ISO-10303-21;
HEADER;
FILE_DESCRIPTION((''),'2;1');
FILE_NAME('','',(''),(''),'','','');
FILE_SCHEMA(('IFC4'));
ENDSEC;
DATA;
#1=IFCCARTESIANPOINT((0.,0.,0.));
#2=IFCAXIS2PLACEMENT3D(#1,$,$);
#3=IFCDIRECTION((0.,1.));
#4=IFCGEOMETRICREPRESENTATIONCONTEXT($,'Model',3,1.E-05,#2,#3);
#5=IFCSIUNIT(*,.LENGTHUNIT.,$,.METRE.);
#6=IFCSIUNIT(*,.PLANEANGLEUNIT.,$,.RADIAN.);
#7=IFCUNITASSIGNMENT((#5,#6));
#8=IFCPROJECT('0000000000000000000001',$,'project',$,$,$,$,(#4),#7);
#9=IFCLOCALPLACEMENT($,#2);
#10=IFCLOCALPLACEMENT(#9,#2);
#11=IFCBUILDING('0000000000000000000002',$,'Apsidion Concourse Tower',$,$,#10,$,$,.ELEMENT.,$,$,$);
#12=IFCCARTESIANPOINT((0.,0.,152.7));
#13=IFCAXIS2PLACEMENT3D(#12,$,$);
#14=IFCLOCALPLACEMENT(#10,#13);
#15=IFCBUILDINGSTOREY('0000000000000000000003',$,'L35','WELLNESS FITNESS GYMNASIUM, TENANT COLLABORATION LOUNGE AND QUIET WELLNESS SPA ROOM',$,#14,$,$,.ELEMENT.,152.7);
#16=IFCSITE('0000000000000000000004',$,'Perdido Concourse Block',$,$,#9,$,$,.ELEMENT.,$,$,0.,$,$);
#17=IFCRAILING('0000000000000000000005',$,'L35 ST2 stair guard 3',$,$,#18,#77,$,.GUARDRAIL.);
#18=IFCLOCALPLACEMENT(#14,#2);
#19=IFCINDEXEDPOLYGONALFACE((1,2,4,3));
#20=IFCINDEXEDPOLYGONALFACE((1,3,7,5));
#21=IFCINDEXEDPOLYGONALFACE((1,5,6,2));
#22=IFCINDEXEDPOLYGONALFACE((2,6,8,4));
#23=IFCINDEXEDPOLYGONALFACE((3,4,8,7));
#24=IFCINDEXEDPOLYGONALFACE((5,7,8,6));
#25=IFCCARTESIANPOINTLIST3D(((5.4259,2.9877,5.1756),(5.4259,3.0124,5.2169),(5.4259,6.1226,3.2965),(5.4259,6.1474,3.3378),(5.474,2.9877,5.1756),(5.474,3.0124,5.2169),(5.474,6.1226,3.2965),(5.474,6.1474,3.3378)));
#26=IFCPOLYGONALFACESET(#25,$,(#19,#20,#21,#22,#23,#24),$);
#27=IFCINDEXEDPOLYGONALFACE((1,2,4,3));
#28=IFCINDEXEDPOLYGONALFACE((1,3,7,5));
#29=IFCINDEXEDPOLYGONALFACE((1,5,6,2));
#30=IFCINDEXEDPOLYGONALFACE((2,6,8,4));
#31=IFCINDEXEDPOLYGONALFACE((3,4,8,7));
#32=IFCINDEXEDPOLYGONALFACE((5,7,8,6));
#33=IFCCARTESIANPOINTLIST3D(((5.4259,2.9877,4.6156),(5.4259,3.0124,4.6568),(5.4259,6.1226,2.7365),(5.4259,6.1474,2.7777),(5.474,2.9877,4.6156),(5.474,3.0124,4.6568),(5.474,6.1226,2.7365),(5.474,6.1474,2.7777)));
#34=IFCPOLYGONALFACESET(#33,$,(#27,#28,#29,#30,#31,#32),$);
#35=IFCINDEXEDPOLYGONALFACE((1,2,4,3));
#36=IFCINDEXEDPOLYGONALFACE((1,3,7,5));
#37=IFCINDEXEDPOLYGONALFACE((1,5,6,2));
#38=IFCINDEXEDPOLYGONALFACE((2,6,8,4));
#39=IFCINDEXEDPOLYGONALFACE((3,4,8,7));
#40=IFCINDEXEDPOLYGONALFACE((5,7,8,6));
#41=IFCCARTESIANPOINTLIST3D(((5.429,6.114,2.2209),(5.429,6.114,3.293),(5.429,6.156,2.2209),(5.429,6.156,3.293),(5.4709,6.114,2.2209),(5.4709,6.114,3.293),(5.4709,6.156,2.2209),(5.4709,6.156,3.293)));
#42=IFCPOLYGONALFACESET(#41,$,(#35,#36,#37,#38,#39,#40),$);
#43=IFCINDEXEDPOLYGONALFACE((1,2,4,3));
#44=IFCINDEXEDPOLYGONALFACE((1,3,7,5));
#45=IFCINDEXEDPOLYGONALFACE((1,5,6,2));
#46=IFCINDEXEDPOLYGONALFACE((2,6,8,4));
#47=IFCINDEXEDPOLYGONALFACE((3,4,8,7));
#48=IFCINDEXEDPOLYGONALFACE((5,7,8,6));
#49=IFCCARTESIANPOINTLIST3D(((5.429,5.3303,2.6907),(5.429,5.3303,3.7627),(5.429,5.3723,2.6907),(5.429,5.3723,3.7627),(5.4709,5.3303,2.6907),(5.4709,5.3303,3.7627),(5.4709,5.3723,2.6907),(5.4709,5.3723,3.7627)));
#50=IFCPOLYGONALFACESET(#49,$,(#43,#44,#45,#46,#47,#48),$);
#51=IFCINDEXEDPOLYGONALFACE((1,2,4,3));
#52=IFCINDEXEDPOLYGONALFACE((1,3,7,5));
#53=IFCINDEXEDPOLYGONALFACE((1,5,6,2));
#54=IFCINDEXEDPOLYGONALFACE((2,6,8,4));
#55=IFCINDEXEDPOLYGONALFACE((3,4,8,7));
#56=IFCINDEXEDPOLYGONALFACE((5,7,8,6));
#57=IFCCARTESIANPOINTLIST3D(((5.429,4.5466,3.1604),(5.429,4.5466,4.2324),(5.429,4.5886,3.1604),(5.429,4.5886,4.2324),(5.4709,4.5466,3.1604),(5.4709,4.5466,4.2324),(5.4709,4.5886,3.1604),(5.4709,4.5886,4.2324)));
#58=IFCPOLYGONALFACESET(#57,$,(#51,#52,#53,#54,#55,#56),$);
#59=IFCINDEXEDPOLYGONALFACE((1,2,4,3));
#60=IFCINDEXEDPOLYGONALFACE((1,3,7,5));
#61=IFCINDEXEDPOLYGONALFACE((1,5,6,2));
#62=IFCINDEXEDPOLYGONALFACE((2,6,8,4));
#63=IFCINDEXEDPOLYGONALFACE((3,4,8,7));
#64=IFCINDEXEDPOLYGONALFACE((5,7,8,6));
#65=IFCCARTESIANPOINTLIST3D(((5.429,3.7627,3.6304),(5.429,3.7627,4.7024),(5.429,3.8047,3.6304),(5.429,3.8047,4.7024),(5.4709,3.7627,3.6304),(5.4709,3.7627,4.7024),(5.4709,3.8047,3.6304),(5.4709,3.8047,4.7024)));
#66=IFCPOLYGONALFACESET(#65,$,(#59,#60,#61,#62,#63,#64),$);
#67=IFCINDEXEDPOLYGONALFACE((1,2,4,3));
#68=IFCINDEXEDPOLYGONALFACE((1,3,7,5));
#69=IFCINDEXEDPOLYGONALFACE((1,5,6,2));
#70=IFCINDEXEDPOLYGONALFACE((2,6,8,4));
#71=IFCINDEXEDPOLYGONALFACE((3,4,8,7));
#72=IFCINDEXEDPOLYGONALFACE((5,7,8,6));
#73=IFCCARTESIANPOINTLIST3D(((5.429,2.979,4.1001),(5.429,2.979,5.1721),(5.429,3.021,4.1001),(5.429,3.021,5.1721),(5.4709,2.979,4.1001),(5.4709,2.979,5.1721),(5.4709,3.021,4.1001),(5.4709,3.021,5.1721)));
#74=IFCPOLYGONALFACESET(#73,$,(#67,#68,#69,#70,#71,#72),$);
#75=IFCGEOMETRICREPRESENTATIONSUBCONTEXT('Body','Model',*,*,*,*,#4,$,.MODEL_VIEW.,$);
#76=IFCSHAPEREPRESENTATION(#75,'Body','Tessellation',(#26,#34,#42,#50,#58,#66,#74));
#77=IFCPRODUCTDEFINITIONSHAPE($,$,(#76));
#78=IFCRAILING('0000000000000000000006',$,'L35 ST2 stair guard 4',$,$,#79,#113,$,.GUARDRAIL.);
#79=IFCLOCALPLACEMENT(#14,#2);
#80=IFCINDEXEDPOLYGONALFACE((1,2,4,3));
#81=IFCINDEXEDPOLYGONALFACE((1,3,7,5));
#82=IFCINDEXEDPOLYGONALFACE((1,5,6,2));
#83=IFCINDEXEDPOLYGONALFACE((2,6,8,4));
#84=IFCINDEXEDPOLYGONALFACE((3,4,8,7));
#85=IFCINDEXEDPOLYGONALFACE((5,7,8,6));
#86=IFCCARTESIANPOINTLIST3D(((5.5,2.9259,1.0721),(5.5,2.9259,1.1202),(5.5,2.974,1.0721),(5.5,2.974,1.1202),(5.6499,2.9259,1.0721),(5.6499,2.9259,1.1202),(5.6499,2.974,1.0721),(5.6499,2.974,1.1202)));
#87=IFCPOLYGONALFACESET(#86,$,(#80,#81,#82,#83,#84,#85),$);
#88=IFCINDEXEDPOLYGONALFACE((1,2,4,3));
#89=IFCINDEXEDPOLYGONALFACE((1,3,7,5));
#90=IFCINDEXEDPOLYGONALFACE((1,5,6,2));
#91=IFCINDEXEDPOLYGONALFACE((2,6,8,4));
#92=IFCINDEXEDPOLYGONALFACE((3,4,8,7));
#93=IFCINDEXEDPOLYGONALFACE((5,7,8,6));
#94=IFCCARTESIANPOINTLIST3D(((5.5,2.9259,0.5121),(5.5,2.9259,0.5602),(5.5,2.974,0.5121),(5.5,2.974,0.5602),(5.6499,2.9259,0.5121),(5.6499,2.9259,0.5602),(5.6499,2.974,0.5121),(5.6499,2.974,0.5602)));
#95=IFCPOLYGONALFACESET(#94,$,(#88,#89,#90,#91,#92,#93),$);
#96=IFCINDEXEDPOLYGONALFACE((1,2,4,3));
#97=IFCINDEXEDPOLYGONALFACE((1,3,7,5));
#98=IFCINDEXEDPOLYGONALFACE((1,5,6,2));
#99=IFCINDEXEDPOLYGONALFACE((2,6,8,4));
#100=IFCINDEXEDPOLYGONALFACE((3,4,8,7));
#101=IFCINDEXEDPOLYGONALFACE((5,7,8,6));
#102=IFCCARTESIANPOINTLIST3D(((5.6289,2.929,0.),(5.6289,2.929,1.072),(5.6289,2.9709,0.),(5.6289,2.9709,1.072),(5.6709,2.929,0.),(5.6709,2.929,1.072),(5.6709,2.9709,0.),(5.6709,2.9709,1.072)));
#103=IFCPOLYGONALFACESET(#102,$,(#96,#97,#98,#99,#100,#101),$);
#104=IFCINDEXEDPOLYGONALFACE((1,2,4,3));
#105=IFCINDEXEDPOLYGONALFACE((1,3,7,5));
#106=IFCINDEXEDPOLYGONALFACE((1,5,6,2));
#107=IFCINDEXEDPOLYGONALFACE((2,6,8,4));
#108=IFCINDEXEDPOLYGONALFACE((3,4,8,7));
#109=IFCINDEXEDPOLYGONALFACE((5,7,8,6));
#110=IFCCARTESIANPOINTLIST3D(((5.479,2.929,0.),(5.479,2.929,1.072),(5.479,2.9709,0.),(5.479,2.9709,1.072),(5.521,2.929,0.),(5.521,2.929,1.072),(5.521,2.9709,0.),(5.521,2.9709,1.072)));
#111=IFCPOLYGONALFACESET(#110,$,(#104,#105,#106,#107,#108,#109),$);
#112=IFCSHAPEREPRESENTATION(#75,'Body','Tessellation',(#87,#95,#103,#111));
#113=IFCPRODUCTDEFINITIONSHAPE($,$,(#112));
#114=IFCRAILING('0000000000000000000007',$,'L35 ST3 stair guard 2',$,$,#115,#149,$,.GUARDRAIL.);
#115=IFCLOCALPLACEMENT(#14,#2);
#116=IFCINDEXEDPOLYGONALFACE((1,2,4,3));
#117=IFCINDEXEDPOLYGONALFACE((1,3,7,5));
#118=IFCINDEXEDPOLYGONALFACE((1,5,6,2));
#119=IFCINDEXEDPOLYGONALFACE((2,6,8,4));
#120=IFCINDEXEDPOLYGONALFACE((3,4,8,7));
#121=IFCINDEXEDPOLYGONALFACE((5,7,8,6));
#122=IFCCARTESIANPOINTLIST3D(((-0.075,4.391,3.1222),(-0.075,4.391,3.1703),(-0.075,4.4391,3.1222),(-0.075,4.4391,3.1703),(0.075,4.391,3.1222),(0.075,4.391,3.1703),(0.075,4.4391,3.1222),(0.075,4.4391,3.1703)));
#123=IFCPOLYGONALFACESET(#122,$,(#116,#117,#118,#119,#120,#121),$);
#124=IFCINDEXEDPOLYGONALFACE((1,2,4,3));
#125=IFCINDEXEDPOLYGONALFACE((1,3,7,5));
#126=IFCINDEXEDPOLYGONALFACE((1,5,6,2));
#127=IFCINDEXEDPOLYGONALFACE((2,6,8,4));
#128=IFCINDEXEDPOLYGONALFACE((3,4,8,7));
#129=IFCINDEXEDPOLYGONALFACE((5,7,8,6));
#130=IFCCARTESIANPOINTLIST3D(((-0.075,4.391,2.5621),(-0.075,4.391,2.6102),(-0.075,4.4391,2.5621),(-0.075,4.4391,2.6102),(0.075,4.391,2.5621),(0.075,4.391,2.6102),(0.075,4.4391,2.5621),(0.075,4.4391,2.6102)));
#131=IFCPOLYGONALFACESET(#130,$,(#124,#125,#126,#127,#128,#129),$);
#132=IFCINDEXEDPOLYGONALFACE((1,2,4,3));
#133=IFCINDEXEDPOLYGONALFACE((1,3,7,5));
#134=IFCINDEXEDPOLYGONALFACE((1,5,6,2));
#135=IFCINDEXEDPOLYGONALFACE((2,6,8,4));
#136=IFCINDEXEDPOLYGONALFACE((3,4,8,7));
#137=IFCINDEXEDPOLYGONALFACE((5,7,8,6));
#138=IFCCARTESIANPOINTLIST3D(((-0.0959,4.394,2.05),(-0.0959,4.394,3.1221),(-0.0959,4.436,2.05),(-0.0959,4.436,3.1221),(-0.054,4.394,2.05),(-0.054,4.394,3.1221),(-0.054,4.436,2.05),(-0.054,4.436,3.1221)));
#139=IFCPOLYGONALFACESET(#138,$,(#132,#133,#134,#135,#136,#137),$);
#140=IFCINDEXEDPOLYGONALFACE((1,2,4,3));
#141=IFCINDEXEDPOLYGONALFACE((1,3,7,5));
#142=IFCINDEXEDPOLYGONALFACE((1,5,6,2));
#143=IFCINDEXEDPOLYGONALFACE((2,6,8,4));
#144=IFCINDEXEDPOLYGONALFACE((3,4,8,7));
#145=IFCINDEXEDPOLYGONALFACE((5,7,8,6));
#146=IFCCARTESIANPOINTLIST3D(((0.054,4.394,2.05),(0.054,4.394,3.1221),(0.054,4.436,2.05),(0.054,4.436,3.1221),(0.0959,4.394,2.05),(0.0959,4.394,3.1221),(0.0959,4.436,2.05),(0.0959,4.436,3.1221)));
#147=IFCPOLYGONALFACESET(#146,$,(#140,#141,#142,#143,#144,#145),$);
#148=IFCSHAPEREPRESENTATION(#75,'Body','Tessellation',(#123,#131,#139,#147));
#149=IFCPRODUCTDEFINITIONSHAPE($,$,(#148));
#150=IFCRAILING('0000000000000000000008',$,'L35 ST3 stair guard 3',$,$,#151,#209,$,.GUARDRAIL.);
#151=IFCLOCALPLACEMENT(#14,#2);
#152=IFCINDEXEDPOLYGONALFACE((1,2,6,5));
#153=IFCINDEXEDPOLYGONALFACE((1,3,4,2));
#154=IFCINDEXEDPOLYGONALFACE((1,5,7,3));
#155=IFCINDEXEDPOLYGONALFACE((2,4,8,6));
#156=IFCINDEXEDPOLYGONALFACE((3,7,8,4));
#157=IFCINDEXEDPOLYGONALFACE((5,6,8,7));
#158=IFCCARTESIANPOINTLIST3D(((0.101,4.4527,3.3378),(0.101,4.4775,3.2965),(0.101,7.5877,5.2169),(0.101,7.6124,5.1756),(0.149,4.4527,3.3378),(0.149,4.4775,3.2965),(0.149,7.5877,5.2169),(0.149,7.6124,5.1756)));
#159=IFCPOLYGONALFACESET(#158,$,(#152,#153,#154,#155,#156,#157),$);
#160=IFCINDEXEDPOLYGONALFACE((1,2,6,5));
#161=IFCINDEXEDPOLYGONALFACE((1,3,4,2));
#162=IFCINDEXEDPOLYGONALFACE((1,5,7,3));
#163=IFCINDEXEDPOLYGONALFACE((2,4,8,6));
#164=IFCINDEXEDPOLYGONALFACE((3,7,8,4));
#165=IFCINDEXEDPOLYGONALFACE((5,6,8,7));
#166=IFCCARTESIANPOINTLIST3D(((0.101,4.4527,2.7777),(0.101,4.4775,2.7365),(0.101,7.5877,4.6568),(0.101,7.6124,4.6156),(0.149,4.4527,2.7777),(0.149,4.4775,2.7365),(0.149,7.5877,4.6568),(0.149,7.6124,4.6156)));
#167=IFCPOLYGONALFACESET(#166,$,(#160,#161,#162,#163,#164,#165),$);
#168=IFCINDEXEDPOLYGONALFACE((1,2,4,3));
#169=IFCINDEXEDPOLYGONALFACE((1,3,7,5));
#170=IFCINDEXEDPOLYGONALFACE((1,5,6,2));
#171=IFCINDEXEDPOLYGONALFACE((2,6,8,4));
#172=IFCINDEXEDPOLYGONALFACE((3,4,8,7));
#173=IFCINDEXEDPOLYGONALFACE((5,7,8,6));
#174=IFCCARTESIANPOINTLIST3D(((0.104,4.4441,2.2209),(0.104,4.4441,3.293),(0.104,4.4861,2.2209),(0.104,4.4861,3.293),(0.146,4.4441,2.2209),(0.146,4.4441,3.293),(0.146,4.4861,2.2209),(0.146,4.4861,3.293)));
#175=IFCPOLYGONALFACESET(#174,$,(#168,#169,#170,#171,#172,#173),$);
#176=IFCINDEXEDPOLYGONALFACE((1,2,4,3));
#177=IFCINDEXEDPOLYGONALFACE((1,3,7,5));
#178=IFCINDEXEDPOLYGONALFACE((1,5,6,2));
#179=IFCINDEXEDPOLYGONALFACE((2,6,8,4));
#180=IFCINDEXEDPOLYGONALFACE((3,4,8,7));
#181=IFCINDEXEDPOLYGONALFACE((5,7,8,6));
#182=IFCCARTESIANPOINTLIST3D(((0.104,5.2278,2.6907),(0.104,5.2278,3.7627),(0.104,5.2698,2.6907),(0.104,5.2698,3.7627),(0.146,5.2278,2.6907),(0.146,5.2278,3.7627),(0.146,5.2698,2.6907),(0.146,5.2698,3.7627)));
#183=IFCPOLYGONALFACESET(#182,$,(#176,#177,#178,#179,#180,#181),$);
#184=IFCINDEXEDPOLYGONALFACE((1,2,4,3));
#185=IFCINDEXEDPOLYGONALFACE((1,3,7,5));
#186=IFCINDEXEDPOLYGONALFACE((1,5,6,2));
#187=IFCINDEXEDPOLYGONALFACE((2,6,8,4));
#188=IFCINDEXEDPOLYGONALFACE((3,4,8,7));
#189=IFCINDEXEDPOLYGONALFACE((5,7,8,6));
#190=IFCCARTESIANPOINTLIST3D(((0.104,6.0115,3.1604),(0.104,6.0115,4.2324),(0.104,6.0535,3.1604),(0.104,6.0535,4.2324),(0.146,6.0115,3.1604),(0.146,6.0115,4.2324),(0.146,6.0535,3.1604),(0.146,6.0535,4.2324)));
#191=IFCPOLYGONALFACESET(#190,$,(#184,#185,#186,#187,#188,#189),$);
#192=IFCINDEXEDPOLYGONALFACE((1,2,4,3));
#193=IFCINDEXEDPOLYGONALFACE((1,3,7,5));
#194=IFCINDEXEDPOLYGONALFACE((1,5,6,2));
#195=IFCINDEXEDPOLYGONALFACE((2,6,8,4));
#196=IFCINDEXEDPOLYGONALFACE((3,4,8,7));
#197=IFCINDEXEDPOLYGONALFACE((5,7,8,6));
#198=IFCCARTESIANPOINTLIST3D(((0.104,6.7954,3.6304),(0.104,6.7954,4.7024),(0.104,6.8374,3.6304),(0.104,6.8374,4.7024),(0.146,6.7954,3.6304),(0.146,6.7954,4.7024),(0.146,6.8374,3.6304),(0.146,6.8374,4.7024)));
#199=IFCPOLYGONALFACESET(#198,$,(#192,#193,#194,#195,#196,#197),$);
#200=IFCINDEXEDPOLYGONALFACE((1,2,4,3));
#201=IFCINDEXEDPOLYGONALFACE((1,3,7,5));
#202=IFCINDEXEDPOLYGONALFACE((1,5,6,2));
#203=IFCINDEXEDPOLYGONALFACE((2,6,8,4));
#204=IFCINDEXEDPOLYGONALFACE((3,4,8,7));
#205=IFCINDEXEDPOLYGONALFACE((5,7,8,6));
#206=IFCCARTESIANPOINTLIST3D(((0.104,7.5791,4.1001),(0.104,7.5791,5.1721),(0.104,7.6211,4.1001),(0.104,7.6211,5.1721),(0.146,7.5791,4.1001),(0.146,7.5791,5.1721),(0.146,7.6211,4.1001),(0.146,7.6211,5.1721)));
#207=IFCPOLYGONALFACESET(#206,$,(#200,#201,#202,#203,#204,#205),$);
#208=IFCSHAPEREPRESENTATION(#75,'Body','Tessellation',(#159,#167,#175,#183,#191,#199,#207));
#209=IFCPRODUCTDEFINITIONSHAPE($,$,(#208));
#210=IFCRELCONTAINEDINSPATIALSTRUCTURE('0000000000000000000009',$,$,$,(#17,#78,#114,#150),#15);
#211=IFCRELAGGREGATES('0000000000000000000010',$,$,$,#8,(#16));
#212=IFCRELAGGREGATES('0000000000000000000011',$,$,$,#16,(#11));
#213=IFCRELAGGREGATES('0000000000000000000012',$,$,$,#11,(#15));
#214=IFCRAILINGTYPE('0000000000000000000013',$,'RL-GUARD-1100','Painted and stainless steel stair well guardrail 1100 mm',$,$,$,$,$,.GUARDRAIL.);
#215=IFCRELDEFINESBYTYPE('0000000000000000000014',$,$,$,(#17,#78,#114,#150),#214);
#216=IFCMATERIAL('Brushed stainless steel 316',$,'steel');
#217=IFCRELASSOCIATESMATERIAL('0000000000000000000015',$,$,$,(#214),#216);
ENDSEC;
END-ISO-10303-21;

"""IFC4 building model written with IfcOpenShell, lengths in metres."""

from ifc_helpers import new_model, si_unit, direction, frame, origin, origin_2d, place, context, subcontext, project, spatial, rectangle, extrude, material, type_object, element, save


model = new_model("IFC4")

# Units and contexts
model_context = context("Model", 3, precision=1e-05, world=origin(), true_north=direction((0.0, 1.0)))
body_context = subcontext(model_context, "Body", "Model", "MODEL_VIEW")
ifc_project = project(units=[si_unit("LENGTHUNIT", "METRE"), si_unit("PLANEANGLEUNIT", "RADIAN")], contexts=[model_context])

# Site, building, storey
site_placement = place(None, origin())
site = spatial("IfcSite", under=ifc_project, at=site_placement, Name="Perdido Concourse Block", CompositionType="ELEMENT", RefElevation=0.0)
building_placement = place(site_placement, origin())
building = spatial("IfcBuilding", under=site, at=building_placement, Name="Apsidion Concourse Tower", CompositionType="ELEMENT")
storey_placement = place(building_placement, frame((0.0, 0.0, 152.7)))
storey = spatial("IfcBuildingStorey", under=building, at=storey_placement, Name="L35", Description="WELLNESS FITNESS GYMNASIUM, TENANT COLLABORATION LOUNGE AND QUIET WELLNESS SPA ROOM", CompositionType="ELEMENT", Elevation=152.7)

# Railings
ifc_material_1 = material(Name="Brushed stainless steel 316", Category="steel")
railing_type_1 = type_object("IfcRailingType", Name="RL-GUARD-1100", Description="Painted and stainless steel stair well guardrail 1100 mm", PredefinedType="GUARDRAIL", material=ifc_material_1)
railing_1_placement = place(storey_placement, frame((5.45, 6.135, 2.2209)))
element("IfcRailing", 1, at=railing_1_placement, inside=storey, type_object=railing_type_1, Name="L35 ST2 stair guard 3", PredefinedType="GUARDRAIL", context=body_context, shape_type="SweptSolid", body=[
    extrude(rectangle(XDim=0.0481, YDim=0.0481, at=origin_2d()), frame((0.0, 0.0, 1.0962), z_axis=(0.0, -0.857717, 0.514122), x_axis=(1.0, 0.0, 0.0)), (0.0, 0.0, 1.0), 3.655),
    extrude(rectangle(XDim=0.0481, YDim=0.0481, at=origin_2d()), frame((0.0, 0.0, 0.5361), z_axis=(0.0, -0.857717, 0.514122), x_axis=(1.0, 0.0, 0.0)), (0.0, 0.0, 1.0), 3.655),
    extrude(rectangle(XDim=0.042, YDim=0.042, at=origin_2d()), origin(), (0.0, 0.0, 1.0), 1.072),
    extrude(rectangle(XDim=0.042, YDim=0.042, at=origin_2d()), frame((0.0, -0.7837, 0.4697)), (0.0, 0.0, 1.0), 1.072),
    extrude(rectangle(XDim=0.042, YDim=0.042, at=origin_2d()), frame((0.0, -1.5674, 0.9395)), (0.0, 0.0, 1.0), 1.072),
    extrude(rectangle(XDim=0.042, YDim=0.042, at=origin_2d()), frame((0.0, -2.3513, 1.4094)), (0.0, 0.0, 1.0), 1.072),
    extrude(rectangle(XDim=0.042, YDim=0.042, at=origin_2d()), frame((0.0, -3.135, 1.8792)), (0.0, 0.0, 1.0), 1.072),
])
railing_2_placement = place(storey_placement, frame((5.6499, 2.95, 0.0)))
element("IfcRailing", 2, at=railing_2_placement, inside=storey, type_object=railing_type_1, Name="L35 ST2 stair guard 4", PredefinedType="GUARDRAIL", context=body_context, shape_type="SweptSolid", body=[
    extrude(rectangle(XDim=0.0481, YDim=0.0481, at=origin_2d()), frame((0.0, 0.0, 1.0962), z_axis=(-1.0, 0.0, 0.0), x_axis=(0.0, -1.0, 0.0)), (0.0, 0.0, 1.0), 0.1499),
    extrude(rectangle(XDim=0.0481, YDim=0.0481, at=origin_2d()), frame((0.0, 0.0, 0.5361), z_axis=(-1.0, 0.0, 0.0), x_axis=(0.0, -1.0, 0.0)), (0.0, 0.0, 1.0), 0.1499),
    extrude(rectangle(XDim=0.042, YDim=0.042, at=origin_2d()), origin(), (0.0, 0.0, 1.0), 1.072),
    extrude(rectangle(XDim=0.042, YDim=0.042, at=origin_2d()), frame((-0.1499, 0.0, 0.0)), (0.0, 0.0, 1.0), 1.072),
])
railing_3_placement = place(storey_placement, frame((-0.075, 4.415, 2.05)))
element("IfcRailing", 3, at=railing_3_placement, inside=storey, type_object=railing_type_1, Name="L35 ST3 stair guard 2", PredefinedType="GUARDRAIL", context=body_context, shape_type="SweptSolid", body=[
    extrude(rectangle(XDim=0.0481, YDim=0.0481, at=origin_2d()), frame((0.0, 0.0, 1.0962), z_axis=(1.0, 0.0, 0.0), x_axis=(0.0, 1.0, 0.0)), (0.0, 0.0, 1.0), 0.1499),
    extrude(rectangle(XDim=0.0481, YDim=0.0481, at=origin_2d()), frame((0.0, 0.0, 0.5361), z_axis=(1.0, 0.0, 0.0), x_axis=(0.0, 1.0, 0.0)), (0.0, 0.0, 1.0), 0.1499),
    extrude(rectangle(XDim=0.042, YDim=0.042, at=origin_2d()), origin(), (0.0, 0.0, 1.0), 1.072),
    extrude(rectangle(XDim=0.042, YDim=0.042, at=origin_2d()), frame((0.1499, 0.0, 0.0)), (0.0, 0.0, 1.0), 1.072),
])
railing_4_placement = place(storey_placement, frame((0.125, 4.4651, 2.2209)))
element("IfcRailing", 4, at=railing_4_placement, inside=storey, type_object=railing_type_1, Name="L35 ST3 stair guard 3", PredefinedType="GUARDRAIL", context=body_context, shape_type="SweptSolid", body=[
    extrude(rectangle(XDim=0.0481, YDim=0.0481, at=origin_2d()), frame((0.0, 0.0, 1.0962), z_axis=(0.0, 0.857717, 0.514122), x_axis=(-1.0, 0.0, 0.0)), (0.0, 0.0, 1.0), 3.655),
    extrude(rectangle(XDim=0.0481, YDim=0.0481, at=origin_2d()), frame((0.0, 0.0, 0.5361), z_axis=(0.0, 0.857717, 0.514122), x_axis=(-1.0, 0.0, 0.0)), (0.0, 0.0, 1.0), 3.655),
    extrude(rectangle(XDim=0.042, YDim=0.042, at=origin_2d()), origin(), (0.0, 0.0, 1.0), 1.072),
    extrude(rectangle(XDim=0.042, YDim=0.042, at=origin_2d()), frame((0.0, 0.7837, 0.4697)), (0.0, 0.0, 1.0), 1.072),
    extrude(rectangle(XDim=0.042, YDim=0.042, at=origin_2d()), frame((0.0, 1.5674, 0.9395)), (0.0, 0.0, 1.0), 1.072),
    extrude(rectangle(XDim=0.042, YDim=0.042, at=origin_2d()), frame((0.0, 2.3513, 1.4094)), (0.0, 0.0, 1.0), 1.072),
    extrude(rectangle(XDim=0.042, YDim=0.042, at=origin_2d()), frame((0.0, 3.135, 1.8792)), (0.0, 0.0, 1.0), 1.072),
])

save(model, "model.ifc")
